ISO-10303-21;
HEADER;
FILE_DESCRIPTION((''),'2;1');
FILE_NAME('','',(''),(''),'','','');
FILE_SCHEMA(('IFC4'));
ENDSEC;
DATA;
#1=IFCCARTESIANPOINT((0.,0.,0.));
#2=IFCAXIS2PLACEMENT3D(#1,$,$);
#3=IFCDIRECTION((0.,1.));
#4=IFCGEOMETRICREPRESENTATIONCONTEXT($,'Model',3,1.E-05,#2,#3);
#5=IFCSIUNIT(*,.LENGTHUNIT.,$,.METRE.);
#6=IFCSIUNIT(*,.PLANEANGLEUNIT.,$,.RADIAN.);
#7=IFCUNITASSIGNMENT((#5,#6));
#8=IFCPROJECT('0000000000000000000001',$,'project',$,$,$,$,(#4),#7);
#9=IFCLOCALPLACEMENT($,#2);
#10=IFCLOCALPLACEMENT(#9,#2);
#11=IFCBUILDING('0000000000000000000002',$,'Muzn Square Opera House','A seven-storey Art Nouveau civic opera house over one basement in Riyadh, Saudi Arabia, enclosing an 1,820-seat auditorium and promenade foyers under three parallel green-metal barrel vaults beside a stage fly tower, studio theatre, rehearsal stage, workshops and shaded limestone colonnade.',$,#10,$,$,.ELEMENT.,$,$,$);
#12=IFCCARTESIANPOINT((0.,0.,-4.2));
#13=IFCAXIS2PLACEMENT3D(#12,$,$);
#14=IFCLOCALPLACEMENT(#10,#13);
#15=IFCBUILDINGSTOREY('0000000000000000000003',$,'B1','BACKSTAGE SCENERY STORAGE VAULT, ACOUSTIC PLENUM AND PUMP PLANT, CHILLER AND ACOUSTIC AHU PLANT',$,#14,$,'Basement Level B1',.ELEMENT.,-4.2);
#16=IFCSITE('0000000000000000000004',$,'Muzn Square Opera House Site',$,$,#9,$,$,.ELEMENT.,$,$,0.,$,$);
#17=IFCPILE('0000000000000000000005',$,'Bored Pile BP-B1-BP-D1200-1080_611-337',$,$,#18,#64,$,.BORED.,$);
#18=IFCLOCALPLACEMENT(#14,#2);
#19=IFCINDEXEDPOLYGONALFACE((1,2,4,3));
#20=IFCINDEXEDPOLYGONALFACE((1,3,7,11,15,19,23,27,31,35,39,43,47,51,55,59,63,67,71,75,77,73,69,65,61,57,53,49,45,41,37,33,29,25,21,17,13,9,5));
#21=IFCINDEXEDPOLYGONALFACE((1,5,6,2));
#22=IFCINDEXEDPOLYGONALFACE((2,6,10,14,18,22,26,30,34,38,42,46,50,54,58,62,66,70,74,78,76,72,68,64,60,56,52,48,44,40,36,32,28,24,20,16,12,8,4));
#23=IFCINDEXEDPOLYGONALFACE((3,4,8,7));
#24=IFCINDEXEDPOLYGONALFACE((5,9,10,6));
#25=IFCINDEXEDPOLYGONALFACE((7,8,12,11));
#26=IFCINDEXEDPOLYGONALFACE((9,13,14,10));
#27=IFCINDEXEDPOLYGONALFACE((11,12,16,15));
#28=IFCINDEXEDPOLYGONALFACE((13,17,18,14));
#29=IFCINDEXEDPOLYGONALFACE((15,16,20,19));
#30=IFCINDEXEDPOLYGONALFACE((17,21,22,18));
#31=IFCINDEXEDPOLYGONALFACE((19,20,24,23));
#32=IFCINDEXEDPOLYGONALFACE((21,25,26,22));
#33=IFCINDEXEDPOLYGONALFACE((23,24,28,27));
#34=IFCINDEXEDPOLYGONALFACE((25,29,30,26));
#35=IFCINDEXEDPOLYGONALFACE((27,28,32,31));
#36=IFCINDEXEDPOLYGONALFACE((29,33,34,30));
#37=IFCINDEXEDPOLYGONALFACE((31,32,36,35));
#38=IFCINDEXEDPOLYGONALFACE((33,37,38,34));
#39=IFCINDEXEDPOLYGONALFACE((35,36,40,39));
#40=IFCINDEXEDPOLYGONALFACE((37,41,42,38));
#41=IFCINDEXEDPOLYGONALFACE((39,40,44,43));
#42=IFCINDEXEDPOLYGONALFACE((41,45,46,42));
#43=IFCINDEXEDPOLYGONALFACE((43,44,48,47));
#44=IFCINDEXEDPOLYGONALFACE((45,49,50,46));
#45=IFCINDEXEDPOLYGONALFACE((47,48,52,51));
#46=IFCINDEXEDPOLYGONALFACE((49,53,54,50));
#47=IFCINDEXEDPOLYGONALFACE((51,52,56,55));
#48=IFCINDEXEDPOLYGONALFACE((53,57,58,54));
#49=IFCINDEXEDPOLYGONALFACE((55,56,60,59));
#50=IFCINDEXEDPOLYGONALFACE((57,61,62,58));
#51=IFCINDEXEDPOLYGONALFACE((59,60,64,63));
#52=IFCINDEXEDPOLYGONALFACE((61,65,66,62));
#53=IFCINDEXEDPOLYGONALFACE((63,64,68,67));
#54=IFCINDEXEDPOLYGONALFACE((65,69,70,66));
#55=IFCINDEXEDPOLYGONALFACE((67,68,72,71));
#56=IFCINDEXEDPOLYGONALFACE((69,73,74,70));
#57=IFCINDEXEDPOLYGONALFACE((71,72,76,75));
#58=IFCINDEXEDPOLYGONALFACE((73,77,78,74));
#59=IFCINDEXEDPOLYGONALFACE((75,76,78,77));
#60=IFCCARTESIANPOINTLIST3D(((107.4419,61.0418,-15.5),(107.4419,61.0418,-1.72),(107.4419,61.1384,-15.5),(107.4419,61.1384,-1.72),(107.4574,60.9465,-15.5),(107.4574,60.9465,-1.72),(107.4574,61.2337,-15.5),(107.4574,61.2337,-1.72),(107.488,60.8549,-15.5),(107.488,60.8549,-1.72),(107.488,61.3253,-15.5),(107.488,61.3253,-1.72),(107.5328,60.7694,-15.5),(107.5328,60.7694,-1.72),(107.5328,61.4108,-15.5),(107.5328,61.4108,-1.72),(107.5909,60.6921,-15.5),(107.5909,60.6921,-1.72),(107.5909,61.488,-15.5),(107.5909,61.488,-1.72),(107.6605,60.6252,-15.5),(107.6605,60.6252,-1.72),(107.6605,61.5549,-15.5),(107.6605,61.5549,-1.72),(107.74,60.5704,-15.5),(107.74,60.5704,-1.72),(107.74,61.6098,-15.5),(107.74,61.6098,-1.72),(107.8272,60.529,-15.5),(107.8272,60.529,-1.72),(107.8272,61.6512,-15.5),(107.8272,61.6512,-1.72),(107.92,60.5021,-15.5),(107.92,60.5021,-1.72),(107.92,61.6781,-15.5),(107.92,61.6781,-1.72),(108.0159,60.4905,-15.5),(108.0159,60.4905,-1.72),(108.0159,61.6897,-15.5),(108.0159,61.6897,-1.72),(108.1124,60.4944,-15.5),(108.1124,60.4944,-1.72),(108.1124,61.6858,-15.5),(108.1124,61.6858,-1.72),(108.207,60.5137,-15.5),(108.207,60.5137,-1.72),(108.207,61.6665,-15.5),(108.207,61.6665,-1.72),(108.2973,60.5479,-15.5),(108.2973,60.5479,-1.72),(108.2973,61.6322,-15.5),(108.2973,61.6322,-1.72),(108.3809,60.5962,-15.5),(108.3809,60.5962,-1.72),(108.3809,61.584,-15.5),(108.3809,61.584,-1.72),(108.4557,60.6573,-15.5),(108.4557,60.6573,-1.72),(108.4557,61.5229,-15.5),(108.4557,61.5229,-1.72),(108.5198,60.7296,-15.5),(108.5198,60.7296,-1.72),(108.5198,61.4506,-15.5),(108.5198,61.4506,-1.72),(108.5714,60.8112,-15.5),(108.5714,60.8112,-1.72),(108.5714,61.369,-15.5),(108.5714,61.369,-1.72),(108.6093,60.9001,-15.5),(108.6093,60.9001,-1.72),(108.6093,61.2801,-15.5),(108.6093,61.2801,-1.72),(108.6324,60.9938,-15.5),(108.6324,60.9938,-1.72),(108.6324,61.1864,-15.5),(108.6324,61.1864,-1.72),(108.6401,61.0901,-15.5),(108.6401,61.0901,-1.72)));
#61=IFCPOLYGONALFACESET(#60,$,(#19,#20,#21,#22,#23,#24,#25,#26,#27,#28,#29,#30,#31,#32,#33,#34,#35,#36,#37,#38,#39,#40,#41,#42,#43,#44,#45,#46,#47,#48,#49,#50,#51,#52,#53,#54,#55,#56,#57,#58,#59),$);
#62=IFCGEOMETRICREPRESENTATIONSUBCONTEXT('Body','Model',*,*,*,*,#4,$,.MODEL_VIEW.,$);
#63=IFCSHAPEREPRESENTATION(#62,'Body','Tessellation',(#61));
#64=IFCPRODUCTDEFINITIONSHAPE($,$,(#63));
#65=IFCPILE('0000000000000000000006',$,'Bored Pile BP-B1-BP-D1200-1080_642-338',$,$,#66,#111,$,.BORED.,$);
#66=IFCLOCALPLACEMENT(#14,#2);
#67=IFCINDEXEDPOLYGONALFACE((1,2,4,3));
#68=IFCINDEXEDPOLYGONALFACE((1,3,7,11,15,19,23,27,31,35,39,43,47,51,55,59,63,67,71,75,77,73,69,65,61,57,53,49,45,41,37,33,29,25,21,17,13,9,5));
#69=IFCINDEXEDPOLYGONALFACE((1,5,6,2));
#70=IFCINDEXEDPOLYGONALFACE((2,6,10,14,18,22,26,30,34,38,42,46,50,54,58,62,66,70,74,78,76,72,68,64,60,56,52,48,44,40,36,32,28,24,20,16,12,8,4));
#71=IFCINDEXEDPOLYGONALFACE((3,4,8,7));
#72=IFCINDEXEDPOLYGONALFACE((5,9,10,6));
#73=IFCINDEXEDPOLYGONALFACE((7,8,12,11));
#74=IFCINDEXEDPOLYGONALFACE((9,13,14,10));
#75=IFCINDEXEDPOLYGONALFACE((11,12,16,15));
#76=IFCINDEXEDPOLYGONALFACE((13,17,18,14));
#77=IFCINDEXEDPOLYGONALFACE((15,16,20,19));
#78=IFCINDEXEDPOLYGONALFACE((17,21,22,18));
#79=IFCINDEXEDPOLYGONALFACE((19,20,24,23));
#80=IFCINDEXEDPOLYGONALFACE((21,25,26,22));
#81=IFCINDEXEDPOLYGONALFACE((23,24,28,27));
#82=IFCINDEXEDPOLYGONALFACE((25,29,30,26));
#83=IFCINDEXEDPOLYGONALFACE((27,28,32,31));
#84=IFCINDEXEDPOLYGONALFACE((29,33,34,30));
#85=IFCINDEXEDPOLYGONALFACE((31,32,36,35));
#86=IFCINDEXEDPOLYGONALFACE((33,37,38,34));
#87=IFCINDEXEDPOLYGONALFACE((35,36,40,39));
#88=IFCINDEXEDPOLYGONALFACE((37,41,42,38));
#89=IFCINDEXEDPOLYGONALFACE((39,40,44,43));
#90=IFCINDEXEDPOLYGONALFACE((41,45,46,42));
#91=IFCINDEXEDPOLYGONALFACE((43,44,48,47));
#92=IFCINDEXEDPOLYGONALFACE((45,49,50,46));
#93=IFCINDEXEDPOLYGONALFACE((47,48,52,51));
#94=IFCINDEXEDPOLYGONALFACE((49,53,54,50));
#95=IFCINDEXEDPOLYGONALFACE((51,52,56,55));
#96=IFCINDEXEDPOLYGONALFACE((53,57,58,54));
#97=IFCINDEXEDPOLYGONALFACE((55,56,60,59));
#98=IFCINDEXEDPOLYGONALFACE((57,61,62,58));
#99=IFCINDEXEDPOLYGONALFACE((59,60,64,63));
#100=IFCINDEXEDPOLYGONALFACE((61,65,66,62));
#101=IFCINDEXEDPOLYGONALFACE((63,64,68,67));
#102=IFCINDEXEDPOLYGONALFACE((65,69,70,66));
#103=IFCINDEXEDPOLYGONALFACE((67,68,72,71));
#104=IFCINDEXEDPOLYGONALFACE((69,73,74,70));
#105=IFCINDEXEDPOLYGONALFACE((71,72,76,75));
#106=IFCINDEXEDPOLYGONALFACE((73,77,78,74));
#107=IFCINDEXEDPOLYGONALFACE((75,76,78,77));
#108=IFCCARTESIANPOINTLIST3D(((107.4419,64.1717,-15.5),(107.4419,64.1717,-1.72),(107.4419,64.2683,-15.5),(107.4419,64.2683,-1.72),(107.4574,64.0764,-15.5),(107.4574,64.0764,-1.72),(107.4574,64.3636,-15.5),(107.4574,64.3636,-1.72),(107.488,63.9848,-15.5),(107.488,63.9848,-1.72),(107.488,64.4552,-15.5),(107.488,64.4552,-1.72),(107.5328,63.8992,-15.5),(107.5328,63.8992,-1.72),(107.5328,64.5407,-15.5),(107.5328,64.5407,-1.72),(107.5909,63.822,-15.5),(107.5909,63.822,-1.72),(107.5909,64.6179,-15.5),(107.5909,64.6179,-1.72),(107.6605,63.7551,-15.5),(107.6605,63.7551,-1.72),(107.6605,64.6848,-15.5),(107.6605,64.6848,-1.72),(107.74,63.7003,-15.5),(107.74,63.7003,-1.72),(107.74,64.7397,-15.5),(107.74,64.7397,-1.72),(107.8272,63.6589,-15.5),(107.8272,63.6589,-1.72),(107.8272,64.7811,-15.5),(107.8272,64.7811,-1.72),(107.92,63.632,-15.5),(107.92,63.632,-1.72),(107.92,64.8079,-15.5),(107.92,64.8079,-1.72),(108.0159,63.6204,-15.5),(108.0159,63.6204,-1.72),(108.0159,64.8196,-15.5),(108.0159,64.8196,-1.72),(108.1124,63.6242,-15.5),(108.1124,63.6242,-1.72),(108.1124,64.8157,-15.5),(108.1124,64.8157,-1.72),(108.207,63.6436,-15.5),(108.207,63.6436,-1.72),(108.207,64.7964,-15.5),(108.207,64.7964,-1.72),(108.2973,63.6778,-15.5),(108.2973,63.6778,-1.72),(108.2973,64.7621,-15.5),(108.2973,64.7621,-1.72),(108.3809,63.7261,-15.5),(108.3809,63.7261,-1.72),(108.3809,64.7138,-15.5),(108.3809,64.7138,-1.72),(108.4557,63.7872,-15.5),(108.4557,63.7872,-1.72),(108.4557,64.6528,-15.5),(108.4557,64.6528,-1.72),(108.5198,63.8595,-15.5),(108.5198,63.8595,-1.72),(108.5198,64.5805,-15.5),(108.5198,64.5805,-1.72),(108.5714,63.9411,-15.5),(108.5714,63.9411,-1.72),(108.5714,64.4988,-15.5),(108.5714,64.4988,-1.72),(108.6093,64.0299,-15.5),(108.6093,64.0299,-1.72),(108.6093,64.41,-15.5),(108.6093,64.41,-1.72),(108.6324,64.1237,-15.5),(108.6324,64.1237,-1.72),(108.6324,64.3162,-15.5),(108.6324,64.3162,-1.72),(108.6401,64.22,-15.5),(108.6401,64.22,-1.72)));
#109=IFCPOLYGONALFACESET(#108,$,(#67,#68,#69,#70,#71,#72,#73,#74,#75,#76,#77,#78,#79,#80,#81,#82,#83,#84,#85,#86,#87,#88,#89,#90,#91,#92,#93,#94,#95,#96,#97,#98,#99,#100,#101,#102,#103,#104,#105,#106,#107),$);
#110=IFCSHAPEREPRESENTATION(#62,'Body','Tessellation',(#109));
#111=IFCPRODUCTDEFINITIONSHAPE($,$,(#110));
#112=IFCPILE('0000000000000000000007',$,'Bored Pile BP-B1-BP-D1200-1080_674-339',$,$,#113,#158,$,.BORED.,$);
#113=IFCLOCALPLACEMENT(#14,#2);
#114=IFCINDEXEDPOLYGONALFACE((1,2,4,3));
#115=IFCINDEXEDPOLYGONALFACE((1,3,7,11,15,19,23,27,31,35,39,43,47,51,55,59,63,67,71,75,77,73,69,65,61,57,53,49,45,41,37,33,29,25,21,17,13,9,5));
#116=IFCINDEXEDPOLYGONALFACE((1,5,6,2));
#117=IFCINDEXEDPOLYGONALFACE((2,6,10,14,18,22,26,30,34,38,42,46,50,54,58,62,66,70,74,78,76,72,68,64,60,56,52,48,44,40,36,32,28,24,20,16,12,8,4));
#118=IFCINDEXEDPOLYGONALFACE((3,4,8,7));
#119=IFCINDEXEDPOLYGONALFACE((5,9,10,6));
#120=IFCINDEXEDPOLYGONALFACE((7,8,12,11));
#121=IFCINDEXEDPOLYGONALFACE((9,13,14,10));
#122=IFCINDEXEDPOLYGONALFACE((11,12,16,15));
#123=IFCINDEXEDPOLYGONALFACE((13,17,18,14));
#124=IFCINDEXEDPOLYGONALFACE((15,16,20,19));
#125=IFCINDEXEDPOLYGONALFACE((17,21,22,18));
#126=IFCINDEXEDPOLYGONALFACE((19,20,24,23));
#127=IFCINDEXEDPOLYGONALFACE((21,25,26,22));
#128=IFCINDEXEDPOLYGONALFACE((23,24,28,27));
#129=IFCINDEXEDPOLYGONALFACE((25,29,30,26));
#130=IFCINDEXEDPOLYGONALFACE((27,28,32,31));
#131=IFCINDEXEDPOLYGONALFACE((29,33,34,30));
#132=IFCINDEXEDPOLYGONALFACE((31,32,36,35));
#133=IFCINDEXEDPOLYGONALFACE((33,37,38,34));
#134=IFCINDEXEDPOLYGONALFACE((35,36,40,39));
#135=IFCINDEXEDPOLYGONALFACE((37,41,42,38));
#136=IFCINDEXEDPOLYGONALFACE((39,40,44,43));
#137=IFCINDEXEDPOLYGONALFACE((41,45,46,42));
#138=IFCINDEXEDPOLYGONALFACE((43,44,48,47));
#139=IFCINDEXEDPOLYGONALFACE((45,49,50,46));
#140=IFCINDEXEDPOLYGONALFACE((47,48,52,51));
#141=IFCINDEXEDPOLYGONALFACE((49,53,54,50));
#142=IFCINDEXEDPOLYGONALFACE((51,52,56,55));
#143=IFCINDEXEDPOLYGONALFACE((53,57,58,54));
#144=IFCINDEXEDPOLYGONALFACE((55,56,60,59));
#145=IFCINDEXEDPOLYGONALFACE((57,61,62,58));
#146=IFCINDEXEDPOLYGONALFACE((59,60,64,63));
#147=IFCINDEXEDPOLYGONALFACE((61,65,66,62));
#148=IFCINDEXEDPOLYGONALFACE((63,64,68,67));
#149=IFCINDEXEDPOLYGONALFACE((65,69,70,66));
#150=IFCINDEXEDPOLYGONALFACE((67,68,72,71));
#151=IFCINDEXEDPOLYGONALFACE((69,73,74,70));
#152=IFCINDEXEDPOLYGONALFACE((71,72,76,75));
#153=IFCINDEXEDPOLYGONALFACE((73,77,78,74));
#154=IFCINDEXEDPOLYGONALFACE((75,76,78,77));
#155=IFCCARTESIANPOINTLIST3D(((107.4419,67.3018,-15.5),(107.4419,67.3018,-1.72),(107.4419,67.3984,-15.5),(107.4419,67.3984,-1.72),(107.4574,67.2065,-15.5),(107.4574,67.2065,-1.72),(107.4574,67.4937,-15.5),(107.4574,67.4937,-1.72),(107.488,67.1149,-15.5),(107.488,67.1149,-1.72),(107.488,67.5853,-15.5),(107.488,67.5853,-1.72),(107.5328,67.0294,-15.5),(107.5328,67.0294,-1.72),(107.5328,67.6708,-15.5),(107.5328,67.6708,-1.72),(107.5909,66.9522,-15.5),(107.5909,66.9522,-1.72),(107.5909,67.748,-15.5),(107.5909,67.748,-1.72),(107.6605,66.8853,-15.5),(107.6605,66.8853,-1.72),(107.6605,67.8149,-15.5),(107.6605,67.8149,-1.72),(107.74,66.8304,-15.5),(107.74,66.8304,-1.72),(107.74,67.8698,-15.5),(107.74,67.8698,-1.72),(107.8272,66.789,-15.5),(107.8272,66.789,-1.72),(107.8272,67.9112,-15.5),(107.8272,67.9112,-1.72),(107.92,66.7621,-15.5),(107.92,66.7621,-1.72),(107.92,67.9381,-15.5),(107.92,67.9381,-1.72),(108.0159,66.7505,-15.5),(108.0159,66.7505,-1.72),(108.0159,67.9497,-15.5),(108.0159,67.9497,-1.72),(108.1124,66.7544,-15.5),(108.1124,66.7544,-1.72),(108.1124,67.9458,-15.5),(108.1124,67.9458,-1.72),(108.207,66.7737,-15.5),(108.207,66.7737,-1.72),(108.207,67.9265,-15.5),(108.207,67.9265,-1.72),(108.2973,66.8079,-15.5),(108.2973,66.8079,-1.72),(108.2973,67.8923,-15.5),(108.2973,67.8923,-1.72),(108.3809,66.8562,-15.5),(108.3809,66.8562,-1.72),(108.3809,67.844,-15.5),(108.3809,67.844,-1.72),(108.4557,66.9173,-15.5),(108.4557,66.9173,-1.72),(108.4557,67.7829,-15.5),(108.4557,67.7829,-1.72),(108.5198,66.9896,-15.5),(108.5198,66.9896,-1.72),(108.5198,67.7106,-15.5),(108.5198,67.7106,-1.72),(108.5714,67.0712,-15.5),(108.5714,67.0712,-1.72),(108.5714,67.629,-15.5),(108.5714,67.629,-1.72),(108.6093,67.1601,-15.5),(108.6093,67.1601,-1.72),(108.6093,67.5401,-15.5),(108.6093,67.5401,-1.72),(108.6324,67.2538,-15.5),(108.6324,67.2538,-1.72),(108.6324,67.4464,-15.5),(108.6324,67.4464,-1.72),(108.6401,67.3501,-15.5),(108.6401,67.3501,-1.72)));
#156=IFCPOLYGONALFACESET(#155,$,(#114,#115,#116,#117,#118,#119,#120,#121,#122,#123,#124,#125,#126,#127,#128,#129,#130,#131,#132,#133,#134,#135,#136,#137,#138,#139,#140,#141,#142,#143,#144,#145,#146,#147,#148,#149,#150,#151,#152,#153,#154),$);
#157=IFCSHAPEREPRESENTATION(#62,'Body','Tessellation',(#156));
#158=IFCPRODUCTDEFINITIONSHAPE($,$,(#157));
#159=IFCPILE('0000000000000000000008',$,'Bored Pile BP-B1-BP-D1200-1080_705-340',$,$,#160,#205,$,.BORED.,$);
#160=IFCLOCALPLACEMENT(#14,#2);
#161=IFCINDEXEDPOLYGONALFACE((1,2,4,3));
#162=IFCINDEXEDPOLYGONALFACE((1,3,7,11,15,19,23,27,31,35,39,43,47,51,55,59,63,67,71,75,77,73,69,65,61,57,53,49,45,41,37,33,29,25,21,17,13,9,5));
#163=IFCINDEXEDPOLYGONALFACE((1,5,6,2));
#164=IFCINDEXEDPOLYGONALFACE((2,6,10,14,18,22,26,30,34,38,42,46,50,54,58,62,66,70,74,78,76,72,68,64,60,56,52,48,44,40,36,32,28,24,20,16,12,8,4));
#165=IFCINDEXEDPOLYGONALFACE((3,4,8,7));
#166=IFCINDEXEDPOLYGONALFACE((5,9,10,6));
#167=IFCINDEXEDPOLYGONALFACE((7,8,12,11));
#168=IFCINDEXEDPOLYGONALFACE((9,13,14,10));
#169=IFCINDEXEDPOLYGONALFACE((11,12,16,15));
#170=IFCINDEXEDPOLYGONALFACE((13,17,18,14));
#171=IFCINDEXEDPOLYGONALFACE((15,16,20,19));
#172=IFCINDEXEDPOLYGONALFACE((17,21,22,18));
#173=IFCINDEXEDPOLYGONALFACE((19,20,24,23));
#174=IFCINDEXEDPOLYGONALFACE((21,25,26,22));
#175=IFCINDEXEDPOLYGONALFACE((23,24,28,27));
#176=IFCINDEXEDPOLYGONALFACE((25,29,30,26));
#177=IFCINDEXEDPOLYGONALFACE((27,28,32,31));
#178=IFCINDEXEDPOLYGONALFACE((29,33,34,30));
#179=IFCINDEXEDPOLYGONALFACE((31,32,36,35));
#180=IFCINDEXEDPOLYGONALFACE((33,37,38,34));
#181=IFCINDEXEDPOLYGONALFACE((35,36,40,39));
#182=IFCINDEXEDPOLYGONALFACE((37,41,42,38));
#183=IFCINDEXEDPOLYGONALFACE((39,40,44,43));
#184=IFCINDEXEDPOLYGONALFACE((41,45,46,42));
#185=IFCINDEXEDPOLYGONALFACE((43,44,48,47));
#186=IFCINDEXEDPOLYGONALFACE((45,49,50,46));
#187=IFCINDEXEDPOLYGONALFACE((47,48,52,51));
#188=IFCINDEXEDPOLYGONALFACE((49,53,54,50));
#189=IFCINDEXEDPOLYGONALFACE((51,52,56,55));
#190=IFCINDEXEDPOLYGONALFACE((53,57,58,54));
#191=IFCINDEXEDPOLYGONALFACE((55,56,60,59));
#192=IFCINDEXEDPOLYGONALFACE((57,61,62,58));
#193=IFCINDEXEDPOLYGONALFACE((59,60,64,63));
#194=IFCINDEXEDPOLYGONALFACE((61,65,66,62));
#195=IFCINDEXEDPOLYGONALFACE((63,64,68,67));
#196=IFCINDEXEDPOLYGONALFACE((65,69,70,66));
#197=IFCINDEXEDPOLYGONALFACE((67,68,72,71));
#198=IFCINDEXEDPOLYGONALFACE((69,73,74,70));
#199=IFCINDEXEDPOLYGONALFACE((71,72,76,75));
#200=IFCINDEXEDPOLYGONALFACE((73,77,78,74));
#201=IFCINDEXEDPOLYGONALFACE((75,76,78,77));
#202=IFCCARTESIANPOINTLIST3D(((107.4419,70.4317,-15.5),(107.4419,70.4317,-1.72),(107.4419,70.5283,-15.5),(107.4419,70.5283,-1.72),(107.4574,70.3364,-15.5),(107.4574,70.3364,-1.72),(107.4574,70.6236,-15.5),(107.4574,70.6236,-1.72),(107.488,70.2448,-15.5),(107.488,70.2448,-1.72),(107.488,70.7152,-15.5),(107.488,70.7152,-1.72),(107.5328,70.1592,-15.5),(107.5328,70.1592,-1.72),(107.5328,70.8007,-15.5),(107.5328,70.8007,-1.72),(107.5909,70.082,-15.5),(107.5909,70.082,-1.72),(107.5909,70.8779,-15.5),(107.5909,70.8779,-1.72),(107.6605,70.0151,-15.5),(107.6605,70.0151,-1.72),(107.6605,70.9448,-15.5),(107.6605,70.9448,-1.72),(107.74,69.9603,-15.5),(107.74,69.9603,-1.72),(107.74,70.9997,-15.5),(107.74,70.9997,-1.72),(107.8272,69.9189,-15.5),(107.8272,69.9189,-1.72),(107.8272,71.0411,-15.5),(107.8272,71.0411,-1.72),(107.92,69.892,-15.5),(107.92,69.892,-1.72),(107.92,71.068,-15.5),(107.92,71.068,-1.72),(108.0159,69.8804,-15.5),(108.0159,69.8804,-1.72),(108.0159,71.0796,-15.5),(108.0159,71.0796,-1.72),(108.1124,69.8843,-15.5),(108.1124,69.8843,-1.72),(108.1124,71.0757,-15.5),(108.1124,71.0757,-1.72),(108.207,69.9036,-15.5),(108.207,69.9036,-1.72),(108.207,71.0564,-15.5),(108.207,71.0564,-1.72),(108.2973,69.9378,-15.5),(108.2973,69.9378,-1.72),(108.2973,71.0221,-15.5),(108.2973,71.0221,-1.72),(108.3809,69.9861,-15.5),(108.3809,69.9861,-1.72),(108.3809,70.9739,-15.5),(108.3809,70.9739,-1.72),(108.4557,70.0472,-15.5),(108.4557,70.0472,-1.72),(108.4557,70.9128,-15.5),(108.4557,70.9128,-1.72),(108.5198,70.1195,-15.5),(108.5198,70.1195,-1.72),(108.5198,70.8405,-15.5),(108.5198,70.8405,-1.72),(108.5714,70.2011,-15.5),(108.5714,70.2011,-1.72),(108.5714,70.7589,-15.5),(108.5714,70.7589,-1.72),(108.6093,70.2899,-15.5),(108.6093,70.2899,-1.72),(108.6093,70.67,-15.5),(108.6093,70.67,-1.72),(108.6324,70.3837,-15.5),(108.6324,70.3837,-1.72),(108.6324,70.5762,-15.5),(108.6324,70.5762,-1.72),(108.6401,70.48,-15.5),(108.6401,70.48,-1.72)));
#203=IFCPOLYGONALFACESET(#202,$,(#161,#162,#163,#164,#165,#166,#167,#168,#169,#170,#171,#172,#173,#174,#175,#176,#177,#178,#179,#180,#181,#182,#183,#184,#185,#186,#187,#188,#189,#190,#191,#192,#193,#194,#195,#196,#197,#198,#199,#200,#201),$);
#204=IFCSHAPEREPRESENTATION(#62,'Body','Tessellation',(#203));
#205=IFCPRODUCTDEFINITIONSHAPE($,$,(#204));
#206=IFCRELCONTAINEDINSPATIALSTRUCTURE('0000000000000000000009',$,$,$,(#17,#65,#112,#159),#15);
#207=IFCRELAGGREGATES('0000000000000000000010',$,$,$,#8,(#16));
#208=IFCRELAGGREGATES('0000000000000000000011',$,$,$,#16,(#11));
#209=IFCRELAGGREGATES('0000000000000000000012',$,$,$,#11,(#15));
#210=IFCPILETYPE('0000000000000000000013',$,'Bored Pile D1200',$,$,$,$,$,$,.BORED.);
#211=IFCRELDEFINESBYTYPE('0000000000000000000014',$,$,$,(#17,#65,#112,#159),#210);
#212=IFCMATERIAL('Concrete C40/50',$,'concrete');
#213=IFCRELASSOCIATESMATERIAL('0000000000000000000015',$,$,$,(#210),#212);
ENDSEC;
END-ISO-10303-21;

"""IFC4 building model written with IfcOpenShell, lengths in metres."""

from ifc_helpers import new_model, si_unit, direction, frame, origin, origin_2d, place, context, subcontext, project, spatial, circle, extrude, material, material_profile, profile_set, type_object, element, save


model = new_model("IFC4")

# Units and contexts
model_context = context("Model", 3, precision=1e-05, world=origin(), true_north=direction((0.0, 1.0)))
body_context = subcontext(model_context, "Body", "Model", "MODEL_VIEW")
ifc_project = project(units=[si_unit("LENGTHUNIT", "METRE"), si_unit("PLANEANGLEUNIT", "RADIAN")], contexts=[model_context])

# Site, building, storey
site_placement = place(None, origin())
site = spatial("IfcSite", under=ifc_project, at=site_placement, Name="Muzn Square Opera House Site", CompositionType="ELEMENT", RefElevation=0.0)
building_placement = place(site_placement, origin())
building = spatial("IfcBuilding", under=site, at=building_placement, Name="Muzn Square Opera House", Description="A seven-storey Art Nouveau civic opera house over one basement in Riyadh, Saudi Arabia, enclosing an 1,820-seat auditorium and promenade foyers under three parallel green-metal barrel vaults beside a stage fly tower, studio theatre, rehearsal stage, workshops and shaded limestone colonnade.", CompositionType="ELEMENT")
storey_placement = place(building_placement, frame((0.0, 0.0, -4.2)))
storey = spatial("IfcBuildingStorey", under=building, at=storey_placement, Name="B1", Description="BACKSTAGE SCENERY STORAGE VAULT, ACOUSTIC PLENUM AND PUMP PLANT, CHILLER AND ACOUSTIC AHU PLANT", LongName="Basement Level B1", CompositionType="ELEMENT", Elevation=-4.2)

# Piles
ifc_material_1 = material(Name="Concrete C40/50", Category="concrete")
ifc_material_profile_1 = material_profile(ifc_material_1, circle(Radius=0.6001, at=origin_2d()), Name="BORED PILE D1200", Category="concrete")
ifc_profile_set_1 = profile_set([ifc_material_profile_1], Name="Concrete C40/50")
pile_type = type_object("IfcPileType", Name="Bored Pile D1200", PredefinedType="BORED", material=ifc_profile_set_1)
for number, where, z_axis, x_axis, name in (
    (1, (108.04, 61.0901, -1.72), (0.0, 0.0, -1.0), (1.0, 0.0, 0.0), "Bored Pile BP-B1-BP-D1200-1080_611-337"),
    (2, (108.04, 64.22, -1.72), (0.0, 0.0, -1.0), (1.0, 0.0, 0.0), "Bored Pile BP-B1-BP-D1200-1080_642-338"),
    (3, (108.04, 67.3501, -1.72), (0.0, 0.0, -1.0), (1.0, 0.0, 0.0), "Bored Pile BP-B1-BP-D1200-1080_674-339"),
    (4, (108.04, 70.48, -1.72), (0.0, 0.0, -1.0), (1.0, 0.0, 0.0), "Bored Pile BP-B1-BP-D1200-1080_705-340"),
):
    element("IfcPile", number, at=place(storey_placement, frame(where, z_axis=z_axis, x_axis=x_axis)), inside=storey, type_object=pile_type, Name=name, PredefinedType="BORED", context=body_context, shape_type="SweptSolid", body=[
        extrude(circle(Radius=0.6001, at=origin_2d()), origin(), (0.0, 0.0, 1.0), 13.78),
    ])

save(model, "model.ifc")
